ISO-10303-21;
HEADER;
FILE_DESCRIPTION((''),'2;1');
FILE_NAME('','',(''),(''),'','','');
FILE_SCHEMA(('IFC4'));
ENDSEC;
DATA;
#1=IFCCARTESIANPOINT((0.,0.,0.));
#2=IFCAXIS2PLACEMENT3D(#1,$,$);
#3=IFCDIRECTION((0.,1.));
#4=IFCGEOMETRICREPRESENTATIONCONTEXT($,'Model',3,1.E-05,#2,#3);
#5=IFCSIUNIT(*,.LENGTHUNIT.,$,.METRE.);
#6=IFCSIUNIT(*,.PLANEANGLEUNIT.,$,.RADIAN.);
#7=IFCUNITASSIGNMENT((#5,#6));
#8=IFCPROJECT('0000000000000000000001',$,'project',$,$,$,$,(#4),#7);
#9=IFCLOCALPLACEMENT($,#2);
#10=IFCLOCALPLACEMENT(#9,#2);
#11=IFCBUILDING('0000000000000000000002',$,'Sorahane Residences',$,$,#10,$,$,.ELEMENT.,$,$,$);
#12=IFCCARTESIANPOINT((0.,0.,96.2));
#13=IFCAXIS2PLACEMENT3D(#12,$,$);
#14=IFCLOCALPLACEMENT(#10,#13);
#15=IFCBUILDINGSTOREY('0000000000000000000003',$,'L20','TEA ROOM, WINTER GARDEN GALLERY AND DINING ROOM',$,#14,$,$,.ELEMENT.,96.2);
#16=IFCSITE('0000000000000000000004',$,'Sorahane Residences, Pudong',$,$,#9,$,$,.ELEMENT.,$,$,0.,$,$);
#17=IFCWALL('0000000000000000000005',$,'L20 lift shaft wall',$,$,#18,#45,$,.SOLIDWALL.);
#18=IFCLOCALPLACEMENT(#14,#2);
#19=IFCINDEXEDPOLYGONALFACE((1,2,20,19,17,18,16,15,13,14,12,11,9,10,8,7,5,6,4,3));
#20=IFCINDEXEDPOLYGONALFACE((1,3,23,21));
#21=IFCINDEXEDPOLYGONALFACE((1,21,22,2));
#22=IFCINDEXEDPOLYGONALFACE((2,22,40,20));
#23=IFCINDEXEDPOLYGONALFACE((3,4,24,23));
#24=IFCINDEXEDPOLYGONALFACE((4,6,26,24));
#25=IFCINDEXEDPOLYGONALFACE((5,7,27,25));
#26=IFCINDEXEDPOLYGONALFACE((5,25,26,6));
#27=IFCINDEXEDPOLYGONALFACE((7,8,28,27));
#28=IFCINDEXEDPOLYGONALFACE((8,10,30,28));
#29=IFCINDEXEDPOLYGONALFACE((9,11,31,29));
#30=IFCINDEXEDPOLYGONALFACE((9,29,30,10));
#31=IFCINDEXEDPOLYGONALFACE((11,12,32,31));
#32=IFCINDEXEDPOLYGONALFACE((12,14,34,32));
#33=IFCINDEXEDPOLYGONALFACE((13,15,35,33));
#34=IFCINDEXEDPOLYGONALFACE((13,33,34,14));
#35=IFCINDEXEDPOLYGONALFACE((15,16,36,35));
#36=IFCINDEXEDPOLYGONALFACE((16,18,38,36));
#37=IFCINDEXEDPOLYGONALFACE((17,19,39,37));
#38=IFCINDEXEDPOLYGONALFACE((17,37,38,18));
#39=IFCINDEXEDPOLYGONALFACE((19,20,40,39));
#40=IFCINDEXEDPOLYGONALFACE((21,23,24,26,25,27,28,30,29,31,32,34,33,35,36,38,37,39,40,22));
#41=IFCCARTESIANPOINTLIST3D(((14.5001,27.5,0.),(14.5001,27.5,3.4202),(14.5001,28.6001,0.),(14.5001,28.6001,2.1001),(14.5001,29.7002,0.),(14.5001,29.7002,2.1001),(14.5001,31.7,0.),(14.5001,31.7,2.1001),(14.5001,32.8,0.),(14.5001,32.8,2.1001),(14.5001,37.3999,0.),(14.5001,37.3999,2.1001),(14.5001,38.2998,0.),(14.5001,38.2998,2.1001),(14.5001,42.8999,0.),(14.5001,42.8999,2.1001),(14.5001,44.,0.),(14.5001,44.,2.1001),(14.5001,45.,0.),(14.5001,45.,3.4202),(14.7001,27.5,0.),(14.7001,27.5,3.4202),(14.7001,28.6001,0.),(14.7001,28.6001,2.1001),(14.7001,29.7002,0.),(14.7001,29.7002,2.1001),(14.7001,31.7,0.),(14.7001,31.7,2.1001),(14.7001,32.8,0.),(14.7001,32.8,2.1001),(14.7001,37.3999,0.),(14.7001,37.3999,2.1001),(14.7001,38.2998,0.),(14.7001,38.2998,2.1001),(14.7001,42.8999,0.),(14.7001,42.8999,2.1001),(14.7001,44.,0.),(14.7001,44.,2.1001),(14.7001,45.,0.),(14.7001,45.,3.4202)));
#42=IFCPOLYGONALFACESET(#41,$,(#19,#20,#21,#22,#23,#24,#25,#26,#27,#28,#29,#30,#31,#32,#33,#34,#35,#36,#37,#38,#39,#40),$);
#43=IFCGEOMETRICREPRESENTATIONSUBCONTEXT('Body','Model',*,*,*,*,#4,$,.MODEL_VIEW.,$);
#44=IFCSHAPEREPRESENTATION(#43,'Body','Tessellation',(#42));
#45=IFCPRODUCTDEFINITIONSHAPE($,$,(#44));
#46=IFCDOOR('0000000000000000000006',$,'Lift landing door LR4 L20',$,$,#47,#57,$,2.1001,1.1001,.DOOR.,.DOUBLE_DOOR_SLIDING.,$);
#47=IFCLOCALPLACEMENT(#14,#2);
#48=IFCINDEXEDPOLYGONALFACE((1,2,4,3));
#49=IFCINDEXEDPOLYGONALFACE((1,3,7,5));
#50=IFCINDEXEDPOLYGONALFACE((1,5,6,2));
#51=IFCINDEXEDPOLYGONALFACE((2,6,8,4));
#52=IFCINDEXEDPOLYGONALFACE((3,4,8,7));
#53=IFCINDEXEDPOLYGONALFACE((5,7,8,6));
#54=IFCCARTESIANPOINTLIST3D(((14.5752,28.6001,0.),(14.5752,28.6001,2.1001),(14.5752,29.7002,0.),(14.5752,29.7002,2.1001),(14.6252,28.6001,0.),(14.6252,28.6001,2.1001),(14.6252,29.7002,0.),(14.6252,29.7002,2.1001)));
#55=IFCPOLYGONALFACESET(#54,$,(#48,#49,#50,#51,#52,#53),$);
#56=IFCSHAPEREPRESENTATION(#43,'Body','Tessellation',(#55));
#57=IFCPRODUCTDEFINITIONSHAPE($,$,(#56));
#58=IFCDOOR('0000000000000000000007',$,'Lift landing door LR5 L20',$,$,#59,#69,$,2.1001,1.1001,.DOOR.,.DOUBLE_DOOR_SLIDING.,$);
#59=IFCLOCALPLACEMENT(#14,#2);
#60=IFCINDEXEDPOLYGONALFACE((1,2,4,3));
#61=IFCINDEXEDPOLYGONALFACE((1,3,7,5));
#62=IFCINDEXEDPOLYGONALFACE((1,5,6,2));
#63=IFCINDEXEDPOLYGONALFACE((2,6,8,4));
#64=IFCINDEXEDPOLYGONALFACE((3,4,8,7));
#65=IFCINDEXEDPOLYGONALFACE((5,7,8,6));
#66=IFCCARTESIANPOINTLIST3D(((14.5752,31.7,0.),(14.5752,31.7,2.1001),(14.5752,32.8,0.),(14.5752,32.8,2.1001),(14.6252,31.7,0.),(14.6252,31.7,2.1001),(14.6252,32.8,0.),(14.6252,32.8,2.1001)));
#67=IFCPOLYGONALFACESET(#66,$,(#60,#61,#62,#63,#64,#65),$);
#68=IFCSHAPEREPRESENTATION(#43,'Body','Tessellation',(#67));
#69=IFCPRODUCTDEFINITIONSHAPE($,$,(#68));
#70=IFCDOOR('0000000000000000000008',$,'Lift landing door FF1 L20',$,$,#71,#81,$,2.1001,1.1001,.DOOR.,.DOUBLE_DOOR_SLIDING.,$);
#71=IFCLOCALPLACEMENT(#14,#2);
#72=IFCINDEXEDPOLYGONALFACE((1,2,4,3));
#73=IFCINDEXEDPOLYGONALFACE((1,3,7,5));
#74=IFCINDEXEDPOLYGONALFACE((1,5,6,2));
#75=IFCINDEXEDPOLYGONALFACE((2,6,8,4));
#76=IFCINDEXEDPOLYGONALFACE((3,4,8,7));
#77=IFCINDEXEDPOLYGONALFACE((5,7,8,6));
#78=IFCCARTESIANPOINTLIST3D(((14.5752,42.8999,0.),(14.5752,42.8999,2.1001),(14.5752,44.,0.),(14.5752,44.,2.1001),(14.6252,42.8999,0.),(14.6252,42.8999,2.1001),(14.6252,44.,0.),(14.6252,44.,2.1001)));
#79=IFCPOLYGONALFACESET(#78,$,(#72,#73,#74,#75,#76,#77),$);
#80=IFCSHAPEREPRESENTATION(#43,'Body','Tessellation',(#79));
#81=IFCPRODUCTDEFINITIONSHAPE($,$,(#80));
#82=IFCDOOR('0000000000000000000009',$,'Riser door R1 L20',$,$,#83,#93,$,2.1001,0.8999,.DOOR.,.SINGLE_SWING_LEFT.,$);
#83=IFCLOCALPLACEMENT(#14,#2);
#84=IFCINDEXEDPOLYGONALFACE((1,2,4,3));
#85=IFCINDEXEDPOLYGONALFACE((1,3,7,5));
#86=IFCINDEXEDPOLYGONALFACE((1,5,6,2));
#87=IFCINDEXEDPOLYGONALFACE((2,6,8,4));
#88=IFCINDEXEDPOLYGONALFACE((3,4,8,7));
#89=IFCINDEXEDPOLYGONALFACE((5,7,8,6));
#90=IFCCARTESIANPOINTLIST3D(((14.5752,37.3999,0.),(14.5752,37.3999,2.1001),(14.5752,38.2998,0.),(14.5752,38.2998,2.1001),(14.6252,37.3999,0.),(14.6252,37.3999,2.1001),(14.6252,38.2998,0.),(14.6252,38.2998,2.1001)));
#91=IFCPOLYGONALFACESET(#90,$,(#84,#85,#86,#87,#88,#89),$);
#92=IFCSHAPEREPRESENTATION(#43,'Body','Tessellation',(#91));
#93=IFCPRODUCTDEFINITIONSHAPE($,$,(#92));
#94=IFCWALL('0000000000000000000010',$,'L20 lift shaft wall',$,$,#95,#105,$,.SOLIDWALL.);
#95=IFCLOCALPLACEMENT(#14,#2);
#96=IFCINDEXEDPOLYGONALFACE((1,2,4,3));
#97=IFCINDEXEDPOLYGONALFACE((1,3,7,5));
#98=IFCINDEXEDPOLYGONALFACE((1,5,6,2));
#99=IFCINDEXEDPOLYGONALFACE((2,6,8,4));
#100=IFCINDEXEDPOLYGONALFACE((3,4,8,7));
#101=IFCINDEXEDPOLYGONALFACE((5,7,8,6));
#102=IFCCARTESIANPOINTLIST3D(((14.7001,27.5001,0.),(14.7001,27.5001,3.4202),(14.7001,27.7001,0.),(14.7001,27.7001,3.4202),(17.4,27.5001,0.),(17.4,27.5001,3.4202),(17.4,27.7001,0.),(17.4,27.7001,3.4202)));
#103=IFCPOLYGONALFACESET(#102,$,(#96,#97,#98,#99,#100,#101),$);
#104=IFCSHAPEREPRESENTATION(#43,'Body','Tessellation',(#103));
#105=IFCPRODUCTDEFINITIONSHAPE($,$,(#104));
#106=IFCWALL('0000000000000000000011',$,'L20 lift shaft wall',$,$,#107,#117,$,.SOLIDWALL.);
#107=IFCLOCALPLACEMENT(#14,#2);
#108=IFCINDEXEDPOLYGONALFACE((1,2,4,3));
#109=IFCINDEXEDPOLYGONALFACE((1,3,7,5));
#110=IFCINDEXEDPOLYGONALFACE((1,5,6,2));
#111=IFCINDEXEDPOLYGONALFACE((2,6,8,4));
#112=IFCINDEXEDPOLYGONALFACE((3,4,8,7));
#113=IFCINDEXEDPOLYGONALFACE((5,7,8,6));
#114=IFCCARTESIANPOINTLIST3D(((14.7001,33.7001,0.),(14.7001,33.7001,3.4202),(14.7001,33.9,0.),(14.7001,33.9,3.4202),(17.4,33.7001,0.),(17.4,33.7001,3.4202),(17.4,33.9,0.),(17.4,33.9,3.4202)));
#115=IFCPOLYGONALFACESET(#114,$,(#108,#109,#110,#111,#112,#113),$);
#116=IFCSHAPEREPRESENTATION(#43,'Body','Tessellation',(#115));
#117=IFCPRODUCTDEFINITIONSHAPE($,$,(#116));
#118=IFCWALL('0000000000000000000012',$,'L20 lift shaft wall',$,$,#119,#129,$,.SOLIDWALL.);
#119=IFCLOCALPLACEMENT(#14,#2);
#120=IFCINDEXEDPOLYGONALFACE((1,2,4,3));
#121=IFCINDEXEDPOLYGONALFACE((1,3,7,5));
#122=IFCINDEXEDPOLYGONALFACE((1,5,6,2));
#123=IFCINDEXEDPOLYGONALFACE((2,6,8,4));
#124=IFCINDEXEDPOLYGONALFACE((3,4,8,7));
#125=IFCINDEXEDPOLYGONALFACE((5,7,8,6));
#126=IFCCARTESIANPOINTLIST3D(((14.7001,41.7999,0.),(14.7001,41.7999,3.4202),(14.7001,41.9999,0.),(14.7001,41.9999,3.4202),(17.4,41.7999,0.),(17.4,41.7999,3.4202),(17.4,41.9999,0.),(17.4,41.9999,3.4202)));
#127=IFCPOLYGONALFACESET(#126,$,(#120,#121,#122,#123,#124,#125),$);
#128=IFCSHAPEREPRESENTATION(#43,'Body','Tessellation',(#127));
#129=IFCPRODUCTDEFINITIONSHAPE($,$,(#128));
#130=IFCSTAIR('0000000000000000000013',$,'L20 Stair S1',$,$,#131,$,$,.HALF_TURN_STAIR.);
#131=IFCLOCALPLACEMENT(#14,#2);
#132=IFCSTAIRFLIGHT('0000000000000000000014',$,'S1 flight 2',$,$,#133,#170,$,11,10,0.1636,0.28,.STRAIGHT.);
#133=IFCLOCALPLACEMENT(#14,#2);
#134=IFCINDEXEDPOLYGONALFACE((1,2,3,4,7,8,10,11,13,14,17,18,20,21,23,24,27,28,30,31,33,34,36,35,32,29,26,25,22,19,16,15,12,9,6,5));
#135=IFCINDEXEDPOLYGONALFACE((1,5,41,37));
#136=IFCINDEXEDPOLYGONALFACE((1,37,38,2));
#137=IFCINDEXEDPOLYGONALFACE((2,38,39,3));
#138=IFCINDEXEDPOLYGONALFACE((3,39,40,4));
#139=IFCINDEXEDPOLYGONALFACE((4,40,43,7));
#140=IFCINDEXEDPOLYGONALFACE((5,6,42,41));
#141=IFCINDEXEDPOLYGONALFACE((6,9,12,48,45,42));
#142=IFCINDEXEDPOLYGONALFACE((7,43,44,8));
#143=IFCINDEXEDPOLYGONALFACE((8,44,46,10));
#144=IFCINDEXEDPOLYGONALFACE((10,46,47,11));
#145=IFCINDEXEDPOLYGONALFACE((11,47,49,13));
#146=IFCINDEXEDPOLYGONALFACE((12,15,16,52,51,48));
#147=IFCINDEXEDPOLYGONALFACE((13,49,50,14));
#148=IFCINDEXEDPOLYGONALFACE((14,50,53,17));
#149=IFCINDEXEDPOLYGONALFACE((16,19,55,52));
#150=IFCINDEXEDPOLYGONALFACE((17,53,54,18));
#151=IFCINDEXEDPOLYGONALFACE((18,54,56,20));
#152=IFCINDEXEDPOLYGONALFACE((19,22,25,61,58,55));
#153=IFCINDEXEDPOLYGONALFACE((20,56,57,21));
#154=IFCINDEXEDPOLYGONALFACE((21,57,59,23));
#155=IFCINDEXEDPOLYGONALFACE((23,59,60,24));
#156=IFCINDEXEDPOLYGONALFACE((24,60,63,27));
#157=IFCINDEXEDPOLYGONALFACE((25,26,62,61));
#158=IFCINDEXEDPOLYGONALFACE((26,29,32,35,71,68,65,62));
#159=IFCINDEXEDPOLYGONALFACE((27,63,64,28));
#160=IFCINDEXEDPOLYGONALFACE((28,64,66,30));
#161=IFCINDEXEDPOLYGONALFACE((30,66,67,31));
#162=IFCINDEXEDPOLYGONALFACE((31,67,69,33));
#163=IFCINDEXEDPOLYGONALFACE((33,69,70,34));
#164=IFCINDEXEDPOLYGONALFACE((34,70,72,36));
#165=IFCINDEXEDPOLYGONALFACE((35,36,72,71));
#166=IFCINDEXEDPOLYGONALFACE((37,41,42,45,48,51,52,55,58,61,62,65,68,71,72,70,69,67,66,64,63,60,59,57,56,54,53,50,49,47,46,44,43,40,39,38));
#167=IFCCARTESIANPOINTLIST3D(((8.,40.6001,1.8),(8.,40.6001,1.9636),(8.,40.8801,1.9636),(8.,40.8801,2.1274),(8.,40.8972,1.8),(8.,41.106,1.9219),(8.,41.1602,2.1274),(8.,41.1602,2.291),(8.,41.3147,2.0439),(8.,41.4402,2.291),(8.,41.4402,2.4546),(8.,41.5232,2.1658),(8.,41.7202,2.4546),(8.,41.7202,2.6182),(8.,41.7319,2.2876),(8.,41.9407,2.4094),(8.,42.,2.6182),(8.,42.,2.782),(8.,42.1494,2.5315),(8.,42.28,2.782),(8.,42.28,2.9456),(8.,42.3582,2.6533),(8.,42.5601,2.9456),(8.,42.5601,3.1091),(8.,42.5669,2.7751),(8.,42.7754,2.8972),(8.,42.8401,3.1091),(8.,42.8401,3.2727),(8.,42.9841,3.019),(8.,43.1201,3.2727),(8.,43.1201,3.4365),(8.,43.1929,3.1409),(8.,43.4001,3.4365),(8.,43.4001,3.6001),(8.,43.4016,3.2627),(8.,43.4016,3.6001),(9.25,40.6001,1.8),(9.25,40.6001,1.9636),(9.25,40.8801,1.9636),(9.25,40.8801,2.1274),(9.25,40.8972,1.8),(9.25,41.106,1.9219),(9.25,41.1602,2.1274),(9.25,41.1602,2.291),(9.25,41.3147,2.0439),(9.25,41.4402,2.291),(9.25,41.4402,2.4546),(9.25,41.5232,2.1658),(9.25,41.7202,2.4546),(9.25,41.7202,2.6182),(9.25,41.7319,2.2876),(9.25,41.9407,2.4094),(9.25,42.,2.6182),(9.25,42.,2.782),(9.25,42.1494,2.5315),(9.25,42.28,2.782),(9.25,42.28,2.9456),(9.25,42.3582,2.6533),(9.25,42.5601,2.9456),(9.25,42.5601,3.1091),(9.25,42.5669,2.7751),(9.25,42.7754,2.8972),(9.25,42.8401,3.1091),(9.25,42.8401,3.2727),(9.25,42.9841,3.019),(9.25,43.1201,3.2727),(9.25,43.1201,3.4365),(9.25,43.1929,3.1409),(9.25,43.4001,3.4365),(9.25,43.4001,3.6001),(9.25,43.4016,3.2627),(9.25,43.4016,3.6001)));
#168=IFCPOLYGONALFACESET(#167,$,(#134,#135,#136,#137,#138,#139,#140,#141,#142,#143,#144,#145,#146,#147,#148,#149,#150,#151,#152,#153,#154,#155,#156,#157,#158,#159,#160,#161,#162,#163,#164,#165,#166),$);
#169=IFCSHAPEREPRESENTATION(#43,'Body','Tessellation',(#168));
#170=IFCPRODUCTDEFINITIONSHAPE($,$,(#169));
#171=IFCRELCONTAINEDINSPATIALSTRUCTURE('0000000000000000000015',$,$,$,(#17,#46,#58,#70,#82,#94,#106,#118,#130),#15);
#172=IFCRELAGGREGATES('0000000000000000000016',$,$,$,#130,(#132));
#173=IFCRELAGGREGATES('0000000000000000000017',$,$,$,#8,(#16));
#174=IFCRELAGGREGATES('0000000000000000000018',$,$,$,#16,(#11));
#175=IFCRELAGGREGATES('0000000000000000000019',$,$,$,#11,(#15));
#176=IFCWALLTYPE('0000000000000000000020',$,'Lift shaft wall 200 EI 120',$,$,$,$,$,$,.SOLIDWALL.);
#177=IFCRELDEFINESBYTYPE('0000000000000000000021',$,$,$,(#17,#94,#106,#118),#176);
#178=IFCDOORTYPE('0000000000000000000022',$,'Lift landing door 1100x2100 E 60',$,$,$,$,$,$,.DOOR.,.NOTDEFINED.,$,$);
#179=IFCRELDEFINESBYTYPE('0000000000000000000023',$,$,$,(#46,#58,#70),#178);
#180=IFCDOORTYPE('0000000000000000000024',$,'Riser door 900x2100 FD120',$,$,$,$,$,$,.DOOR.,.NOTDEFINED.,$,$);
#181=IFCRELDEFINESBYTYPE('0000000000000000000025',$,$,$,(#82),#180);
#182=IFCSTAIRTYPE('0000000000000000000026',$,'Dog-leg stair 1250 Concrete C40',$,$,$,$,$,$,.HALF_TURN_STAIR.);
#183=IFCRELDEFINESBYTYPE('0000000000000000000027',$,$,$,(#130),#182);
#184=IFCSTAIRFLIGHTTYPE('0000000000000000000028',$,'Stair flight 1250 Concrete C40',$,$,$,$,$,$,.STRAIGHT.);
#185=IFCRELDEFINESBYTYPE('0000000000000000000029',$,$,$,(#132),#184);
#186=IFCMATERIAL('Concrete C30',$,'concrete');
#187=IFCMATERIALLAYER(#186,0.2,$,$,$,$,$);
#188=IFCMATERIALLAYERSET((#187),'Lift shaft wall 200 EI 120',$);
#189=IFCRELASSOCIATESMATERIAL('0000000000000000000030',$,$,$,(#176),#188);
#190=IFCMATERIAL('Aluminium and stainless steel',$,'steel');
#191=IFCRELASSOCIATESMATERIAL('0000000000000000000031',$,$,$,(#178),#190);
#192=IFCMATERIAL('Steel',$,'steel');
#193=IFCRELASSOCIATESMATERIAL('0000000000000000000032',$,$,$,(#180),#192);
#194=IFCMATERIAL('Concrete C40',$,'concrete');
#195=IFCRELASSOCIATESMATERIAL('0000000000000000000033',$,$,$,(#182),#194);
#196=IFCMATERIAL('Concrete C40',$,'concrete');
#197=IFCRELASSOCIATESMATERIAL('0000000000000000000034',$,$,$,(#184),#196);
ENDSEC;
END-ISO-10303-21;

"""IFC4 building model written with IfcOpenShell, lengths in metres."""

from ifc_helpers import new_model, si_unit, direction, frame, frame_2d, origin, place, context, subcontext, project, spatial, polyline, rectangle, outline, extrude, material, layer, layer_set, type_object, element, fill, aggregate, save


model = new_model("IFC4")

# Units and contexts
model_context = context("Model", 3, precision=1e-05, world=origin(), true_north=direction((0.0, 1.0)))
body_context = subcontext(model_context, "Body", "Model", "MODEL_VIEW")
ifc_project = project(units=[si_unit("LENGTHUNIT", "METRE"), si_unit("PLANEANGLEUNIT", "RADIAN")], contexts=[model_context])

# Site, building, storey
site_placement = place(None, origin())
site = spatial("IfcSite", under=ifc_project, at=site_placement, Name="Sorahane Residences, Pudong", CompositionType="ELEMENT", RefElevation=0.0)
building_placement = place(site_placement, origin())
building = spatial("IfcBuilding", under=site, at=building_placement, Name="Sorahane Residences", CompositionType="ELEMENT")
storey_placement = place(building_placement, frame((0.0, 0.0, 96.2)))
storey = spatial("IfcBuildingStorey", under=building, at=storey_placement, Name="L20", Description="TEA ROOM, WINTER GARDEN GALLERY AND DINING ROOM", CompositionType="ELEMENT", Elevation=96.2)

# Wall, openings, doors
ifc_material_1 = material(Name="Concrete C30", Category="concrete")
ifc_layer_1 = layer(ifc_material_1, 0.2)
ifc_layer_set_1 = layer_set([ifc_layer_1], Name="Lift shaft wall 200 EI 120")
wall_type_1 = type_object("IfcWallType", Name="Lift shaft wall 200 EI 120", PredefinedType="SOLIDWALL", material=ifc_layer_set_1)
wall_1_placement = place(storey_placement, frame((14.6001, 27.5, 0.0), z_axis=(0.0, 0.0, 1.0), x_axis=(0.0, 1.0, 0.0)))
wall_1 = element("IfcWall", 1, at=wall_1_placement, inside=storey, type_object=wall_type_1, Name="L20 lift shaft wall", PredefinedType="SOLIDWALL", context=body_context, shape_type="SweptSolid", body=[
    extrude(rectangle(XDim=17.5, YDim=0.2, at=frame_2d((8.75, 0.0))), origin(), (0.0, 0.0, 1.0), 3.4202),
])
opening_1_placement = place(wall_1_placement, frame((1.1001, 0.0, 0.0)))
opening_1 = element("IfcOpeningElement", 2, at=opening_1_placement, cuts=wall_1, PredefinedType="OPENING", context=body_context, shape_type="SweptSolid", body=[
    extrude(rectangle(XDim=1.1001, YDim=2.1001, at=frame_2d((0.55, 1.05))), frame((0.0, 0.1099, 0.0), z_axis=(0.0, -1.0, 0.0), x_axis=(1.0, 0.0, 0.0)), (0.0, 0.0, 1.0), 0.22),
])
opening_2_placement = place(wall_1_placement, frame((4.2, 0.0, 0.0)))
opening_2 = element("IfcOpeningElement", 3, at=opening_2_placement, cuts=wall_1, PredefinedType="OPENING", context=body_context, shape_type="SweptSolid", body=[
    extrude(rectangle(XDim=1.1001, YDim=2.1001, at=frame_2d((0.55, 1.05))), frame((0.0, 0.1099, 0.0), z_axis=(0.0, -1.0, 0.0), x_axis=(1.0, 0.0, 0.0)), (0.0, 0.0, 1.0), 0.22),
])
opening_3_placement = place(wall_1_placement, frame((15.3999, 0.0, 0.0)))
opening_3 = element("IfcOpeningElement", 4, at=opening_3_placement, cuts=wall_1, PredefinedType="OPENING", context=body_context, shape_type="SweptSolid", body=[
    extrude(rectangle(XDim=1.1001, YDim=2.1001, at=frame_2d((0.55, 1.05))), frame((0.0, 0.1099, 0.0), z_axis=(0.0, -1.0, 0.0), x_axis=(1.0, 0.0, 0.0)), (0.0, 0.0, 1.0), 0.22),
])
opening_4_placement = place(wall_1_placement, frame((9.8999, 0.0, 0.0)))
opening_4 = element("IfcOpeningElement", 5, at=opening_4_placement, cuts=wall_1, PredefinedType="OPENING", context=body_context, shape_type="SweptSolid", body=[
    extrude(rectangle(XDim=0.8999, YDim=2.1001, at=frame_2d((0.45, 1.05))), frame((0.0, 0.1099, 0.0), z_axis=(0.0, -1.0, 0.0), x_axis=(1.0, 0.0, 0.0)), (0.0, 0.0, 1.0), 0.22),
])
ifc_material_2 = material(Name="Aluminium and stainless steel", Category="steel")
door_type_1 = type_object("IfcDoorType", Name="Lift landing door 1100x2100 E 60", OperationType="NOTDEFINED", PredefinedType="DOOR", material=ifc_material_2)
door_1_placement = place(opening_1_placement, origin())
door_1 = element("IfcDoor", 6, at=door_1_placement, inside=storey, type_object=door_type_1, Name="Lift landing door LR4 L20", OperationType="DOUBLE_DOOR_SLIDING", OverallHeight=2.1001, OverallWidth=1.1001, PredefinedType="DOOR", context=body_context, shape_type="SweptSolid", body=[
    extrude(rectangle(XDim=1.1001, YDim=2.1001, at=frame_2d((0.55, 1.05))), frame((0.0, 0.0249, 0.0), z_axis=(0.0, -1.0, 0.0), x_axis=(1.0, 0.0, 0.0)), (0.0, 0.0, 1.0), 0.05),
])
fill(opening_1, door_1)
door_2_placement = place(opening_2_placement, origin())
door_2 = element("IfcDoor", 7, at=door_2_placement, inside=storey, type_object=door_type_1, Name="Lift landing door LR5 L20", OperationType="DOUBLE_DOOR_SLIDING", OverallHeight=2.1001, OverallWidth=1.1001, PredefinedType="DOOR", context=body_context, shape_type="SweptSolid", body=[
    extrude(rectangle(XDim=1.1001, YDim=2.1001, at=frame_2d((0.55, 1.05))), frame((0.0, 0.0249, 0.0), z_axis=(0.0, -1.0, 0.0), x_axis=(1.0, 0.0, 0.0)), (0.0, 0.0, 1.0), 0.05),
])
fill(opening_2, door_2)
door_3_placement = place(opening_3_placement, origin())
door_3 = element("IfcDoor", 8, at=door_3_placement, inside=storey, type_object=door_type_1, Name="Lift landing door FF1 L20", OperationType="DOUBLE_DOOR_SLIDING", OverallHeight=2.1001, OverallWidth=1.1001, PredefinedType="DOOR", context=body_context, shape_type="SweptSolid", body=[
    extrude(rectangle(XDim=1.1001, YDim=2.1001, at=frame_2d((0.55, 1.05))), frame((0.0, 0.0249, 0.0), z_axis=(0.0, -1.0, 0.0), x_axis=(1.0, 0.0, 0.0)), (0.0, 0.0, 1.0), 0.05),
])
fill(opening_3, door_3)
ifc_material_3 = material(Name="Steel", Category="steel")
door_type_2 = type_object("IfcDoorType", Name="Riser door 900x2100 FD120", OperationType="NOTDEFINED", PredefinedType="DOOR", material=ifc_material_3)
door_4_placement = place(opening_4_placement, origin())
door_4 = element("IfcDoor", 9, at=door_4_placement, inside=storey, type_object=door_type_2, Name="Riser door R1 L20", OperationType="SINGLE_SWING_LEFT", OverallHeight=2.1001, OverallWidth=0.8999, PredefinedType="DOOR", context=body_context, shape_type="SweptSolid", body=[
    extrude(rectangle(XDim=0.8999, YDim=2.1001, at=frame_2d((0.45, 1.05))), frame((0.0, 0.0249, 0.0), z_axis=(0.0, -1.0, 0.0), x_axis=(1.0, 0.0, 0.0)), (0.0, 0.0, 1.0), 0.05),
])
fill(opening_4, door_4)

# Walls
for number, where, z_axis, x_axis, name in (
    (10, (14.7, 27.6001, 0.0), (0.0, 0.0, 1.0), (1.0, 0.0, 0.0), "L20 lift shaft wall"),
    (11, (14.7, 33.8, 0.0), (0.0, 0.0, 1.0), (1.0, 0.0, 0.0), "L20 lift shaft wall"),
    (12, (14.7, 41.8999, 0.0), (0.0, 0.0, 1.0), (1.0, 0.0, 0.0), "L20 lift shaft wall"),
):
    element("IfcWall", number, at=place(storey_placement, frame(where, z_axis=z_axis, x_axis=x_axis)), inside=storey, type_object=wall_type_1, Name=name, PredefinedType="SOLIDWALL", context=body_context, shape_type="SweptSolid", body=[
        extrude(rectangle(XDim=2.7, YDim=0.2, at=frame_2d((1.3501, 0.0))), origin(), (0.0, 0.0, 1.0), 3.4202),
    ])

# Stair, stair flight
ifc_material_4 = material(Name="Concrete C40", Category="concrete")
stair_type = type_object("IfcStairType", Name="Dog-leg stair 1250 Concrete C40", PredefinedType="HALF_TURN_STAIR", material=ifc_material_4)
stair_placement = place(storey_placement, origin())
stair = element("IfcStair", 13, at=stair_placement, inside=storey, type_object=stair_type, Name="L20 Stair S1", PredefinedType="HALF_TURN_STAIR")
ifc_material_5 = material(Name="Concrete C40", Category="concrete")
stair_flight_type = type_object("IfcStairFlightType", Name="Stair flight 1250 Concrete C40", PredefinedType="STRAIGHT", material=ifc_material_5)
stair_flight_placement = place(storey_placement, frame((8.625, 40.6001, 1.8), z_axis=(0.0, 0.0, 1.0), x_axis=(0.0, 1.0, 0.0)))
stair_flight = element("IfcStairFlight", 14, at=stair_flight_placement, type_object=stair_flight_type, Name="S1 flight 2", NumberOfRisers=11, NumberOfTreads=10, PredefinedType="STRAIGHT", RiserHeight=0.1636, TreadLength=0.28, context=body_context, shape_type="SweptSolid", body=[
    extrude(outline(polyline([(0.0, 0.0), (0.0, 0.1636), (0.28, 0.1636), (0.28, 0.3274), (0.5601, 0.3274), (0.5601, 0.491), (0.8401, 0.491), (0.8401, 0.6545), (1.1201, 0.6545), (1.1201, 0.8181), (1.3999, 0.8181), (1.3999, 0.9819), (1.6799, 0.9819), (1.6799, 1.1455), (1.96, 1.1455), (1.96, 1.3091), (2.24, 1.3091), (2.24, 1.4727), (2.52, 1.4727), (2.52, 1.6365), (2.8, 1.6365), (2.8, 1.8), (2.8015, 1.8), (2.8015, 1.4626), (2.5928, 1.3408), (2.384, 1.219), (2.1753, 1.0972), (1.9668, 0.9751), (1.7581, 0.8533), (1.5493, 0.7314), (1.3406, 0.6094), (1.1318, 0.4875), (0.9231, 0.3657), (0.7146, 0.2439), (0.5059, 0.1218), (0.2971, 0.0), (0.0, 0.0)])), frame((0.0, 0.625, 0.0), z_axis=(0.0, -1.0, 0.0), x_axis=(1.0, 0.0, 0.0)), (0.0, 0.0, 1.0), 1.25),
])
aggregate(stair, [stair_flight])

save(model, "model.ifc")
